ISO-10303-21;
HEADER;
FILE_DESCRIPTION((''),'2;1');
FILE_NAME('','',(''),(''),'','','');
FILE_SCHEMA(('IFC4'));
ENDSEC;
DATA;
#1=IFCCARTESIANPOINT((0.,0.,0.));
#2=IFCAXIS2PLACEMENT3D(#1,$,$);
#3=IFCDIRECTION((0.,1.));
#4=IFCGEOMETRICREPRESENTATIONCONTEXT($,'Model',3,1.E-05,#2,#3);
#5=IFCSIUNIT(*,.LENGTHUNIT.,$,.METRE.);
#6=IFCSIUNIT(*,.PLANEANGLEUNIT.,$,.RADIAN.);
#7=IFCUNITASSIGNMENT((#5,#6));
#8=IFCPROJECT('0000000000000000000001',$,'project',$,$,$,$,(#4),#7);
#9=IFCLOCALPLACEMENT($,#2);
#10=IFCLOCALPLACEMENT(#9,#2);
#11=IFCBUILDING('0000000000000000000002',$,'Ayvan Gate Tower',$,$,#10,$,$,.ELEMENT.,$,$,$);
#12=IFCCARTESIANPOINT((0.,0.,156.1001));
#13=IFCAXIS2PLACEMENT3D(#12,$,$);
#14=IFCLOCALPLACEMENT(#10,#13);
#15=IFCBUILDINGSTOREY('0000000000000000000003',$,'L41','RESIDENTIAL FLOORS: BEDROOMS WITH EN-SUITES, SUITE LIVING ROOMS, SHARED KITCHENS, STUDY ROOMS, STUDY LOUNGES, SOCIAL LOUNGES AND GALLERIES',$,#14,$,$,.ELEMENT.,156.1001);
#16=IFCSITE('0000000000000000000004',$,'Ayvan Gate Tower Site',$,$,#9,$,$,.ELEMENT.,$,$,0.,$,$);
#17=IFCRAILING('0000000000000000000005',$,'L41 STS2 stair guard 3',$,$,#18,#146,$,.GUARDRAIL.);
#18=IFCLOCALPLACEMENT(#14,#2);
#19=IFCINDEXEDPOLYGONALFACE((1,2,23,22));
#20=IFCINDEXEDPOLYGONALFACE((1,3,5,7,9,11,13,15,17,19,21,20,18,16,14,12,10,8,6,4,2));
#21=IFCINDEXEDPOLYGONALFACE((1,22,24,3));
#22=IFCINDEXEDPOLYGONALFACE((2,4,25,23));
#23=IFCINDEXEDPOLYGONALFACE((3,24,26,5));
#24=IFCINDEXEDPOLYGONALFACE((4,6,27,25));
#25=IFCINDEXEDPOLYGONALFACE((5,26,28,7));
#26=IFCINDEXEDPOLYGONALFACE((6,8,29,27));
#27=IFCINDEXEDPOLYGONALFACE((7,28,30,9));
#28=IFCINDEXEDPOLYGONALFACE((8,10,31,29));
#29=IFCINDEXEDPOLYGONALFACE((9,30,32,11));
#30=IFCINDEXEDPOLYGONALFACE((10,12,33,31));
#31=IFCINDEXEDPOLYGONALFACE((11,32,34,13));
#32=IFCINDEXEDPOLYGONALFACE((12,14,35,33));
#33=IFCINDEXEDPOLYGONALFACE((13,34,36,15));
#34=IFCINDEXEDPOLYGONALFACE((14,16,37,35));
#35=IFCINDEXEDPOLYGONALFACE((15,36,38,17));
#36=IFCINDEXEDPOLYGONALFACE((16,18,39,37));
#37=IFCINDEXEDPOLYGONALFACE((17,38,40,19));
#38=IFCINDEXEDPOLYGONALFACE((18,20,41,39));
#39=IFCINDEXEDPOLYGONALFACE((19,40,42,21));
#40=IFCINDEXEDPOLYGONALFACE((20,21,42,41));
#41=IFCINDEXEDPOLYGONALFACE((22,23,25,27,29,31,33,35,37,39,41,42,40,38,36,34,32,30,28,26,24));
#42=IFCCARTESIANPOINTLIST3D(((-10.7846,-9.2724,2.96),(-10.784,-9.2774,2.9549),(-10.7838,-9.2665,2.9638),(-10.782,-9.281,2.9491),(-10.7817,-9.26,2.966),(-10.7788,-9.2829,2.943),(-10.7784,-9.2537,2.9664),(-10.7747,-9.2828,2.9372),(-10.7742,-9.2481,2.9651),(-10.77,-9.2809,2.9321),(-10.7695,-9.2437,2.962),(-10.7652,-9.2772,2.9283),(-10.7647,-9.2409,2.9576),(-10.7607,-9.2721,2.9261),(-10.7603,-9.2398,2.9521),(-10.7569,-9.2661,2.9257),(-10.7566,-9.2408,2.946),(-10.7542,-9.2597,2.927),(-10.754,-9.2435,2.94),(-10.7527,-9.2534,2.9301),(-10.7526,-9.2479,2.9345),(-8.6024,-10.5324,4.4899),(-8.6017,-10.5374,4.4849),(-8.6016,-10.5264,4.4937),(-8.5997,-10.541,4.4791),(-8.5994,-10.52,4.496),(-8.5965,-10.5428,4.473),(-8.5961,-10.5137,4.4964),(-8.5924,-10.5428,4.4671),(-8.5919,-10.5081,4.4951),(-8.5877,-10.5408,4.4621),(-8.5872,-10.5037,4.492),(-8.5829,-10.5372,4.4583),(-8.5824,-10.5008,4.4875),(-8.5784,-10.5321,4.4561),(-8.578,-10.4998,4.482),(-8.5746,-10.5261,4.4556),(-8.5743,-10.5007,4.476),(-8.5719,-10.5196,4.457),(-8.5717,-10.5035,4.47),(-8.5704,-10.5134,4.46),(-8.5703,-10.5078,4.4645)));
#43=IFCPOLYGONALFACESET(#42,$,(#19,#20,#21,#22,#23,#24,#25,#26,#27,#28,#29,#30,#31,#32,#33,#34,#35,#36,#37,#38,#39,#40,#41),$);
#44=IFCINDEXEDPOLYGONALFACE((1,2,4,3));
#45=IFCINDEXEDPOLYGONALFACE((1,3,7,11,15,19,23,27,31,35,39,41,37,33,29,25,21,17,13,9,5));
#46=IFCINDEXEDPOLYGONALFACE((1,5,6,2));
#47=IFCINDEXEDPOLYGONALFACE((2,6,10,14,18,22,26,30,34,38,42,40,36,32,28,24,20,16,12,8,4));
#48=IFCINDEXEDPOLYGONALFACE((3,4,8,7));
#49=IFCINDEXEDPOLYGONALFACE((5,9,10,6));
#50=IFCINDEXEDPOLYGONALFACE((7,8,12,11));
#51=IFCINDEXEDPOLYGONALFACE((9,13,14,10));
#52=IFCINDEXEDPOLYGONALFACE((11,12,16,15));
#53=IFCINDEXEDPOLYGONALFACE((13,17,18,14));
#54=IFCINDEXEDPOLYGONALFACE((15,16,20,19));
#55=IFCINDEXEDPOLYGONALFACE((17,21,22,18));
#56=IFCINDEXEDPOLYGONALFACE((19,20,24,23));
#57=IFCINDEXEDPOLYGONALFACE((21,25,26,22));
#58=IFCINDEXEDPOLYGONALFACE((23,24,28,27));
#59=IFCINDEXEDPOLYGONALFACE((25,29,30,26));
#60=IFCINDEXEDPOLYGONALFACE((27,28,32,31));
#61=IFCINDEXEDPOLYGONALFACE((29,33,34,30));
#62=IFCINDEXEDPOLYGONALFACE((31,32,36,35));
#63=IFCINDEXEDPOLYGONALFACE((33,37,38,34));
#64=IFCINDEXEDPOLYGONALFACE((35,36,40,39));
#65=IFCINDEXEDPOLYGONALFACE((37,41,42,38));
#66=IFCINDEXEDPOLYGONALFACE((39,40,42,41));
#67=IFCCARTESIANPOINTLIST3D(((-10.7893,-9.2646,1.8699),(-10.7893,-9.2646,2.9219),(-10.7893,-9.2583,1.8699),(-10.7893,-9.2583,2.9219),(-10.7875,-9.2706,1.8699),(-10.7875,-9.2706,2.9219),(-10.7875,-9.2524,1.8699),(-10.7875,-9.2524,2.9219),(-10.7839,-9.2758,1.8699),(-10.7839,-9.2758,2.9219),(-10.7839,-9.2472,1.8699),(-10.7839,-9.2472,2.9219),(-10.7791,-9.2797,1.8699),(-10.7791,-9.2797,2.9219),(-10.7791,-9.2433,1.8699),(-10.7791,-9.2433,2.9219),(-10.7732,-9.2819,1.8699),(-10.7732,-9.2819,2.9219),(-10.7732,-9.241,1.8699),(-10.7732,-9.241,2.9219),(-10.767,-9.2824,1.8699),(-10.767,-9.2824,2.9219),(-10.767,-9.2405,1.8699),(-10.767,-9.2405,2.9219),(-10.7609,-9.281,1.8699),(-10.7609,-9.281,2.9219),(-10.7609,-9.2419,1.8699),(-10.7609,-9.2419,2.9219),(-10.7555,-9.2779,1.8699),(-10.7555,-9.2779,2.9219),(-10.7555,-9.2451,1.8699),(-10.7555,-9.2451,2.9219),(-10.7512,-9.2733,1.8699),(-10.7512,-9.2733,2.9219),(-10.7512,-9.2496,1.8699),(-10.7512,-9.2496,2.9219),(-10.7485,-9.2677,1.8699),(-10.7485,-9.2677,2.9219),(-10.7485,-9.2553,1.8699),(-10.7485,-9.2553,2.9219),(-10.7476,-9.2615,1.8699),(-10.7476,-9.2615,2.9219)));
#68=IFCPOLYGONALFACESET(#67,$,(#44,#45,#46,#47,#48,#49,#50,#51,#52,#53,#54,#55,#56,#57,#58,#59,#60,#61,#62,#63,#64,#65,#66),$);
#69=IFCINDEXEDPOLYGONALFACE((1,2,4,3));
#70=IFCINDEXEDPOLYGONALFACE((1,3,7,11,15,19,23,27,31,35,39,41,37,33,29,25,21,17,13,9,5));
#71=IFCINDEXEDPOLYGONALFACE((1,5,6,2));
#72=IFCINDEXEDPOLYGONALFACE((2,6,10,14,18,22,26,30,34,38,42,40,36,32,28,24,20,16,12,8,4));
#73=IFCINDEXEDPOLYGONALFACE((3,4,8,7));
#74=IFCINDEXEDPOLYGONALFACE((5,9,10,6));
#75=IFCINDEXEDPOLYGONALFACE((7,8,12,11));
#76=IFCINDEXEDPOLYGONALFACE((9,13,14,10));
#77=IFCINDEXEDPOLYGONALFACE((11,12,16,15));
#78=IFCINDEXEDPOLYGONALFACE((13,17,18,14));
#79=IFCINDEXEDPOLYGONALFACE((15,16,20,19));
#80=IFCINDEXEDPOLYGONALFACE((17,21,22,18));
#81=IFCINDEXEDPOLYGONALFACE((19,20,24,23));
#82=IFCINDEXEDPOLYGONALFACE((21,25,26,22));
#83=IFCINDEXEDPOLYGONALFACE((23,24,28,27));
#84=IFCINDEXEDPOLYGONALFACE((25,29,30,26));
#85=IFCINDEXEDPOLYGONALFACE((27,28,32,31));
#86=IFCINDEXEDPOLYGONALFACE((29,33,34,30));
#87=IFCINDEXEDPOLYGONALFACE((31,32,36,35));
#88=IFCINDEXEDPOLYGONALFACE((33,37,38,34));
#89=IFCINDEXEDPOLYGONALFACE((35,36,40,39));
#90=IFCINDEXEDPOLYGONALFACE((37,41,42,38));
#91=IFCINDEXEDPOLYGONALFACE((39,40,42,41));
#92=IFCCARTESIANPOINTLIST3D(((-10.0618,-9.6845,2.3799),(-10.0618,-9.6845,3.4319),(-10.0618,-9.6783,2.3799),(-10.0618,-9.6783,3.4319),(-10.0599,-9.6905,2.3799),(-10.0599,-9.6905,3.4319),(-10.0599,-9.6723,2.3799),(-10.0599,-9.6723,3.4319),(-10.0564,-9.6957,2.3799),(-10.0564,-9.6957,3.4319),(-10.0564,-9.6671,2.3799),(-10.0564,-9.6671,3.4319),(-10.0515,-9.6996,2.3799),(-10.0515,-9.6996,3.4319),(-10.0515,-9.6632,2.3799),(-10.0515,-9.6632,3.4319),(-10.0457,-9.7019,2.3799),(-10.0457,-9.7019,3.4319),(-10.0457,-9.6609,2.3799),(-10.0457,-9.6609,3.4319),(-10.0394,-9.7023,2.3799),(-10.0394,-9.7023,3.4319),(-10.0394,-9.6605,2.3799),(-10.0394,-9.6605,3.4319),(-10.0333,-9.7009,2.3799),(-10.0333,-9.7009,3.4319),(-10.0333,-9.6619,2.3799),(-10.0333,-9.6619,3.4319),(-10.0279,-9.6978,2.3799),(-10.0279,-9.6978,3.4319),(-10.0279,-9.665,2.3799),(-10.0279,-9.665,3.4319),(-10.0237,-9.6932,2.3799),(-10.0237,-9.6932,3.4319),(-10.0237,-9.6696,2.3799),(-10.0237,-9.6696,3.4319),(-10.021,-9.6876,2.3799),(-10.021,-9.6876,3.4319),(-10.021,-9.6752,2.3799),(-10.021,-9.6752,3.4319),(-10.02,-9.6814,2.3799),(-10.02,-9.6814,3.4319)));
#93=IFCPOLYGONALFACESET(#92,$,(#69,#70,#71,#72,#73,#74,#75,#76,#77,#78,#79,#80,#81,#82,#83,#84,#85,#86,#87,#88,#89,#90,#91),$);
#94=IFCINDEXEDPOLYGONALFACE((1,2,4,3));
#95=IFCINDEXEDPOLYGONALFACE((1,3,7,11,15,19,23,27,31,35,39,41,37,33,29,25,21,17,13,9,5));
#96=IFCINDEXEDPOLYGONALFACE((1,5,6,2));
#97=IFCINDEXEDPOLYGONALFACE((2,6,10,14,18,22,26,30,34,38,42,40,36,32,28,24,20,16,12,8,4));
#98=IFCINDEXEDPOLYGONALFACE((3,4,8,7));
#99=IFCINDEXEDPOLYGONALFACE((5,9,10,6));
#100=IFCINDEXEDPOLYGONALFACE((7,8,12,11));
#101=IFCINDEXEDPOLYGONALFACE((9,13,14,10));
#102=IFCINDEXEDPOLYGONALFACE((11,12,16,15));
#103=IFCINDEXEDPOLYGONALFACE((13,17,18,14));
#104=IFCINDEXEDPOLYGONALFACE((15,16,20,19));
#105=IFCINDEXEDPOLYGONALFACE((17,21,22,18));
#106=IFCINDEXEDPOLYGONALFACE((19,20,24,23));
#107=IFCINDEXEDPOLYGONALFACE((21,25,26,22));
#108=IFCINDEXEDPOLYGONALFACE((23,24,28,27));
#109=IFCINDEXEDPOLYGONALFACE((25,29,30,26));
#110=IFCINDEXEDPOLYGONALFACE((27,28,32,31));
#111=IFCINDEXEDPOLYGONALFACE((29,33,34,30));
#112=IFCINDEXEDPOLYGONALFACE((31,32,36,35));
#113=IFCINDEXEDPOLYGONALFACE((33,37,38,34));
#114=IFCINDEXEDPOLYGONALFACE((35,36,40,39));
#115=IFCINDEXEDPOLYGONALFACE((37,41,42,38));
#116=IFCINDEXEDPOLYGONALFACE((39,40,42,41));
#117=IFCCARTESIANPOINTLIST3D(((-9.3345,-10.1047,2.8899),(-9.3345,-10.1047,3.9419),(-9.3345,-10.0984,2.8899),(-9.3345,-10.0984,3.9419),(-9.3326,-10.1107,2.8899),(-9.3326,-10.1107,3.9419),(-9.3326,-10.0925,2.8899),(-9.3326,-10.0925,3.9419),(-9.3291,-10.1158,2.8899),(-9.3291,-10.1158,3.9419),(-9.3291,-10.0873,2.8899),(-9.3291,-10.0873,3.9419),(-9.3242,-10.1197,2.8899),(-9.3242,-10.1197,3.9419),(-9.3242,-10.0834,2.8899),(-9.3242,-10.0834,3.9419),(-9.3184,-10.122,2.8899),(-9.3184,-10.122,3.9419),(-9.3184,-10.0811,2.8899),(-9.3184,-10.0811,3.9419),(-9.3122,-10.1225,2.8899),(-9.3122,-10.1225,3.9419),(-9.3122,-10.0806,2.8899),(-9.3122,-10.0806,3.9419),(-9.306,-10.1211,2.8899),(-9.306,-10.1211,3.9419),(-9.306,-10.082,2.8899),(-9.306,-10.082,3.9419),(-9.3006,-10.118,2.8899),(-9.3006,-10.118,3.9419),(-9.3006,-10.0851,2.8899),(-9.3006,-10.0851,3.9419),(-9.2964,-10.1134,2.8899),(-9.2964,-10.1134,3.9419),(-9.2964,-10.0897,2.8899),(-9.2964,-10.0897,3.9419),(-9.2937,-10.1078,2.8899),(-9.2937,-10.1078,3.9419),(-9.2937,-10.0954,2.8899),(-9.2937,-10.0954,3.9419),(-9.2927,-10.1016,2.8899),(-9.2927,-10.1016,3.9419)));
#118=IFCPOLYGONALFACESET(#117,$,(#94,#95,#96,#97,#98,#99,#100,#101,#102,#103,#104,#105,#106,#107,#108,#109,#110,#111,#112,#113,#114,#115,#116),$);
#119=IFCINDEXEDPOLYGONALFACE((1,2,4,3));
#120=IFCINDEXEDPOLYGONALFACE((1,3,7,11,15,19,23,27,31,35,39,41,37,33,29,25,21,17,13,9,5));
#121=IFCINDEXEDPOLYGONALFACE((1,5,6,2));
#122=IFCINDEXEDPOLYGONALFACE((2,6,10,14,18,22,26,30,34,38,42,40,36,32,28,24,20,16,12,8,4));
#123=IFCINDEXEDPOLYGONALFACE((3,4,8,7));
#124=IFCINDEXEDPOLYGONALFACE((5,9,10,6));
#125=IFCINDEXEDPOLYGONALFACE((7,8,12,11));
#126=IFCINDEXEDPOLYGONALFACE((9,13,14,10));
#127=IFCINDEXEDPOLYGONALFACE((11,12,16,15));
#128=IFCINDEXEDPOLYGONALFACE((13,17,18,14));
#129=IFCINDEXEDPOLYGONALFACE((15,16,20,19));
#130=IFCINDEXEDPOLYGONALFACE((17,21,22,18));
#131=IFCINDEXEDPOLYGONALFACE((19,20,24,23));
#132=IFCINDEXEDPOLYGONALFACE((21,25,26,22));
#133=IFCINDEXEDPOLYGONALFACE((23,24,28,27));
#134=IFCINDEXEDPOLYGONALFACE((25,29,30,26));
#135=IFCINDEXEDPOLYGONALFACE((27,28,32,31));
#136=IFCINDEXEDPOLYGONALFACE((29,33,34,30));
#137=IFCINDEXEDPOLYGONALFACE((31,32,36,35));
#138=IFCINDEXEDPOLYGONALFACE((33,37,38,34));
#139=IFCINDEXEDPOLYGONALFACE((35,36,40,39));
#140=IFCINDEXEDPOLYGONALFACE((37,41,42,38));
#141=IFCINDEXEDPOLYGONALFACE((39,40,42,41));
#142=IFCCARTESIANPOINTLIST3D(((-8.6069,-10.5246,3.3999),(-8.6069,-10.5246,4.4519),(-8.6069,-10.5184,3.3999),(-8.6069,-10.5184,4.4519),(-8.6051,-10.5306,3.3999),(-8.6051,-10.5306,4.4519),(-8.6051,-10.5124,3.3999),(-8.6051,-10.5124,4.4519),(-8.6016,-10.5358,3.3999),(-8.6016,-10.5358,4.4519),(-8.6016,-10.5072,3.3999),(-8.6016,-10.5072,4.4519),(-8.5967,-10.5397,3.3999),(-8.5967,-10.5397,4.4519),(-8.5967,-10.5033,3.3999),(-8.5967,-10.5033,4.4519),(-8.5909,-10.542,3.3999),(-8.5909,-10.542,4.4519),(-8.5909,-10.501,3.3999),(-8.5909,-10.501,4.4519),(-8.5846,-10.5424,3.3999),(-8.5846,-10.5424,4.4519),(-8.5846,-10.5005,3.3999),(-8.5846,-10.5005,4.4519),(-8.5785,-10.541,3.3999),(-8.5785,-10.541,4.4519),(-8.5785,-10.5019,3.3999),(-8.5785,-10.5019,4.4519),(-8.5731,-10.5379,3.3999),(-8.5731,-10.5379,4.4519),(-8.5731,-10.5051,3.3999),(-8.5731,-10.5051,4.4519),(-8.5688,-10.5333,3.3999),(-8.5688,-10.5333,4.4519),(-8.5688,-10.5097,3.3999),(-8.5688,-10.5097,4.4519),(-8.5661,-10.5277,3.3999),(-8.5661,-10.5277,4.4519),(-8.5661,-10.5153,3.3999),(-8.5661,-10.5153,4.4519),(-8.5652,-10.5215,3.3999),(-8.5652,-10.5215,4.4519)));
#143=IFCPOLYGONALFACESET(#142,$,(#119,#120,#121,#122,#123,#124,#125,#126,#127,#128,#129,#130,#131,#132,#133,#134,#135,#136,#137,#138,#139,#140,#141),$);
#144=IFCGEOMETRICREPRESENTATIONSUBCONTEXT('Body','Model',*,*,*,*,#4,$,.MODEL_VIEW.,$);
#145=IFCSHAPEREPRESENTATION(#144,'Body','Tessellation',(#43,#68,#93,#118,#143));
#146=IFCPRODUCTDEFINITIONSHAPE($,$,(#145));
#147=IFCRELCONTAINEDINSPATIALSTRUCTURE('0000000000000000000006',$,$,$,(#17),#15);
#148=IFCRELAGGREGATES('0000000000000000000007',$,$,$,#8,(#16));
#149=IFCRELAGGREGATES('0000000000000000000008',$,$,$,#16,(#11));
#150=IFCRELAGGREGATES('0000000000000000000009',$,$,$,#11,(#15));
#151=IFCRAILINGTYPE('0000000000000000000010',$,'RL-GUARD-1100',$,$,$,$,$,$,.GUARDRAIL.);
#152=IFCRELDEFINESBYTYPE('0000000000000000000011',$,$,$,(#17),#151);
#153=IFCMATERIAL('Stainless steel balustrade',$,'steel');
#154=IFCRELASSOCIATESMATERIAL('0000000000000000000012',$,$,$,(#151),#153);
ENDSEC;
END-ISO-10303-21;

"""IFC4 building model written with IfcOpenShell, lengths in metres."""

from ifc_helpers import new_model, si_unit, direction, frame, origin, origin_2d, place, context, subcontext, project, spatial, circle, extrude, material, type_object, element, save


model = new_model("IFC4")

# Units and contexts
model_context = context("Model", 3, precision=1e-05, world=origin(), true_north=direction((0.0, 1.0)))
body_context = subcontext(model_context, "Body", "Model", "MODEL_VIEW")
ifc_project = project(units=[si_unit("LENGTHUNIT", "METRE"), si_unit("PLANEANGLEUNIT", "RADIAN")], contexts=[model_context])

# Site, building, storey
site_placement = place(None, origin())
site = spatial("IfcSite", under=ifc_project, at=site_placement, Name="Ayvan Gate Tower Site", CompositionType="ELEMENT", RefElevation=0.0)
building_placement = place(site_placement, origin())
building = spatial("IfcBuilding", under=site, at=building_placement, Name="Ayvan Gate Tower", CompositionType="ELEMENT")
storey_placement = place(building_placement, frame((0.0, 0.0, 156.1001)))
storey = spatial("IfcBuildingStorey", under=building, at=storey_placement, Name="L41", Description="RESIDENTIAL FLOORS: BEDROOMS WITH EN-SUITES, SUITE LIVING ROOMS, SHARED KITCHENS, STUDY ROOMS, STUDY LOUNGES, SOCIAL LOUNGES AND GALLERIES", CompositionType="ELEMENT", Elevation=156.1001)

# Railing
ifc_material_1 = material(Name="Stainless steel balustrade", Category="steel")
railing_type_1 = type_object("IfcRailingType", Name="RL-GUARD-1100", PredefinedType="GUARDRAIL", material=ifc_material_1)
railing_1_placement = place(storey_placement, frame((-10.7686, -9.2615, 1.8699)))
element("IfcRailing", 1, at=railing_1_placement, inside=storey, type_object=railing_type_1, Name="L41 STS2 stair guard 3", PredefinedType="GUARDRAIL", context=body_context, shape_type="SweptSolid", body=[
    extrude(circle(Radius=0.0239, at=origin_2d()), frame((0.0, 0.0, 1.0762), z_axis=(0.740261, -0.427395, 0.518986), x_axis=(0.500005, 0.866023, 0.0)), (0.0, 0.0, 1.0), 2.948),
    extrude(circle(Radius=0.021, at=origin_2d()), origin(), (0.0, 0.0, 1.0), 1.052),
    extrude(circle(Radius=0.021, at=origin_2d()), frame((0.7275, -0.4199, 0.51)), (0.0, 0.0, 1.0), 1.052),
    extrude(circle(Radius=0.021, at=origin_2d()), frame((1.4548, -0.8401, 1.02)), (0.0, 0.0, 1.0), 1.052),
    extrude(circle(Radius=0.021, at=origin_2d()), frame((2.1824, -1.26, 1.53)), (0.0, 0.0, 1.0), 1.052),
])

save(model, "model.ifc")
